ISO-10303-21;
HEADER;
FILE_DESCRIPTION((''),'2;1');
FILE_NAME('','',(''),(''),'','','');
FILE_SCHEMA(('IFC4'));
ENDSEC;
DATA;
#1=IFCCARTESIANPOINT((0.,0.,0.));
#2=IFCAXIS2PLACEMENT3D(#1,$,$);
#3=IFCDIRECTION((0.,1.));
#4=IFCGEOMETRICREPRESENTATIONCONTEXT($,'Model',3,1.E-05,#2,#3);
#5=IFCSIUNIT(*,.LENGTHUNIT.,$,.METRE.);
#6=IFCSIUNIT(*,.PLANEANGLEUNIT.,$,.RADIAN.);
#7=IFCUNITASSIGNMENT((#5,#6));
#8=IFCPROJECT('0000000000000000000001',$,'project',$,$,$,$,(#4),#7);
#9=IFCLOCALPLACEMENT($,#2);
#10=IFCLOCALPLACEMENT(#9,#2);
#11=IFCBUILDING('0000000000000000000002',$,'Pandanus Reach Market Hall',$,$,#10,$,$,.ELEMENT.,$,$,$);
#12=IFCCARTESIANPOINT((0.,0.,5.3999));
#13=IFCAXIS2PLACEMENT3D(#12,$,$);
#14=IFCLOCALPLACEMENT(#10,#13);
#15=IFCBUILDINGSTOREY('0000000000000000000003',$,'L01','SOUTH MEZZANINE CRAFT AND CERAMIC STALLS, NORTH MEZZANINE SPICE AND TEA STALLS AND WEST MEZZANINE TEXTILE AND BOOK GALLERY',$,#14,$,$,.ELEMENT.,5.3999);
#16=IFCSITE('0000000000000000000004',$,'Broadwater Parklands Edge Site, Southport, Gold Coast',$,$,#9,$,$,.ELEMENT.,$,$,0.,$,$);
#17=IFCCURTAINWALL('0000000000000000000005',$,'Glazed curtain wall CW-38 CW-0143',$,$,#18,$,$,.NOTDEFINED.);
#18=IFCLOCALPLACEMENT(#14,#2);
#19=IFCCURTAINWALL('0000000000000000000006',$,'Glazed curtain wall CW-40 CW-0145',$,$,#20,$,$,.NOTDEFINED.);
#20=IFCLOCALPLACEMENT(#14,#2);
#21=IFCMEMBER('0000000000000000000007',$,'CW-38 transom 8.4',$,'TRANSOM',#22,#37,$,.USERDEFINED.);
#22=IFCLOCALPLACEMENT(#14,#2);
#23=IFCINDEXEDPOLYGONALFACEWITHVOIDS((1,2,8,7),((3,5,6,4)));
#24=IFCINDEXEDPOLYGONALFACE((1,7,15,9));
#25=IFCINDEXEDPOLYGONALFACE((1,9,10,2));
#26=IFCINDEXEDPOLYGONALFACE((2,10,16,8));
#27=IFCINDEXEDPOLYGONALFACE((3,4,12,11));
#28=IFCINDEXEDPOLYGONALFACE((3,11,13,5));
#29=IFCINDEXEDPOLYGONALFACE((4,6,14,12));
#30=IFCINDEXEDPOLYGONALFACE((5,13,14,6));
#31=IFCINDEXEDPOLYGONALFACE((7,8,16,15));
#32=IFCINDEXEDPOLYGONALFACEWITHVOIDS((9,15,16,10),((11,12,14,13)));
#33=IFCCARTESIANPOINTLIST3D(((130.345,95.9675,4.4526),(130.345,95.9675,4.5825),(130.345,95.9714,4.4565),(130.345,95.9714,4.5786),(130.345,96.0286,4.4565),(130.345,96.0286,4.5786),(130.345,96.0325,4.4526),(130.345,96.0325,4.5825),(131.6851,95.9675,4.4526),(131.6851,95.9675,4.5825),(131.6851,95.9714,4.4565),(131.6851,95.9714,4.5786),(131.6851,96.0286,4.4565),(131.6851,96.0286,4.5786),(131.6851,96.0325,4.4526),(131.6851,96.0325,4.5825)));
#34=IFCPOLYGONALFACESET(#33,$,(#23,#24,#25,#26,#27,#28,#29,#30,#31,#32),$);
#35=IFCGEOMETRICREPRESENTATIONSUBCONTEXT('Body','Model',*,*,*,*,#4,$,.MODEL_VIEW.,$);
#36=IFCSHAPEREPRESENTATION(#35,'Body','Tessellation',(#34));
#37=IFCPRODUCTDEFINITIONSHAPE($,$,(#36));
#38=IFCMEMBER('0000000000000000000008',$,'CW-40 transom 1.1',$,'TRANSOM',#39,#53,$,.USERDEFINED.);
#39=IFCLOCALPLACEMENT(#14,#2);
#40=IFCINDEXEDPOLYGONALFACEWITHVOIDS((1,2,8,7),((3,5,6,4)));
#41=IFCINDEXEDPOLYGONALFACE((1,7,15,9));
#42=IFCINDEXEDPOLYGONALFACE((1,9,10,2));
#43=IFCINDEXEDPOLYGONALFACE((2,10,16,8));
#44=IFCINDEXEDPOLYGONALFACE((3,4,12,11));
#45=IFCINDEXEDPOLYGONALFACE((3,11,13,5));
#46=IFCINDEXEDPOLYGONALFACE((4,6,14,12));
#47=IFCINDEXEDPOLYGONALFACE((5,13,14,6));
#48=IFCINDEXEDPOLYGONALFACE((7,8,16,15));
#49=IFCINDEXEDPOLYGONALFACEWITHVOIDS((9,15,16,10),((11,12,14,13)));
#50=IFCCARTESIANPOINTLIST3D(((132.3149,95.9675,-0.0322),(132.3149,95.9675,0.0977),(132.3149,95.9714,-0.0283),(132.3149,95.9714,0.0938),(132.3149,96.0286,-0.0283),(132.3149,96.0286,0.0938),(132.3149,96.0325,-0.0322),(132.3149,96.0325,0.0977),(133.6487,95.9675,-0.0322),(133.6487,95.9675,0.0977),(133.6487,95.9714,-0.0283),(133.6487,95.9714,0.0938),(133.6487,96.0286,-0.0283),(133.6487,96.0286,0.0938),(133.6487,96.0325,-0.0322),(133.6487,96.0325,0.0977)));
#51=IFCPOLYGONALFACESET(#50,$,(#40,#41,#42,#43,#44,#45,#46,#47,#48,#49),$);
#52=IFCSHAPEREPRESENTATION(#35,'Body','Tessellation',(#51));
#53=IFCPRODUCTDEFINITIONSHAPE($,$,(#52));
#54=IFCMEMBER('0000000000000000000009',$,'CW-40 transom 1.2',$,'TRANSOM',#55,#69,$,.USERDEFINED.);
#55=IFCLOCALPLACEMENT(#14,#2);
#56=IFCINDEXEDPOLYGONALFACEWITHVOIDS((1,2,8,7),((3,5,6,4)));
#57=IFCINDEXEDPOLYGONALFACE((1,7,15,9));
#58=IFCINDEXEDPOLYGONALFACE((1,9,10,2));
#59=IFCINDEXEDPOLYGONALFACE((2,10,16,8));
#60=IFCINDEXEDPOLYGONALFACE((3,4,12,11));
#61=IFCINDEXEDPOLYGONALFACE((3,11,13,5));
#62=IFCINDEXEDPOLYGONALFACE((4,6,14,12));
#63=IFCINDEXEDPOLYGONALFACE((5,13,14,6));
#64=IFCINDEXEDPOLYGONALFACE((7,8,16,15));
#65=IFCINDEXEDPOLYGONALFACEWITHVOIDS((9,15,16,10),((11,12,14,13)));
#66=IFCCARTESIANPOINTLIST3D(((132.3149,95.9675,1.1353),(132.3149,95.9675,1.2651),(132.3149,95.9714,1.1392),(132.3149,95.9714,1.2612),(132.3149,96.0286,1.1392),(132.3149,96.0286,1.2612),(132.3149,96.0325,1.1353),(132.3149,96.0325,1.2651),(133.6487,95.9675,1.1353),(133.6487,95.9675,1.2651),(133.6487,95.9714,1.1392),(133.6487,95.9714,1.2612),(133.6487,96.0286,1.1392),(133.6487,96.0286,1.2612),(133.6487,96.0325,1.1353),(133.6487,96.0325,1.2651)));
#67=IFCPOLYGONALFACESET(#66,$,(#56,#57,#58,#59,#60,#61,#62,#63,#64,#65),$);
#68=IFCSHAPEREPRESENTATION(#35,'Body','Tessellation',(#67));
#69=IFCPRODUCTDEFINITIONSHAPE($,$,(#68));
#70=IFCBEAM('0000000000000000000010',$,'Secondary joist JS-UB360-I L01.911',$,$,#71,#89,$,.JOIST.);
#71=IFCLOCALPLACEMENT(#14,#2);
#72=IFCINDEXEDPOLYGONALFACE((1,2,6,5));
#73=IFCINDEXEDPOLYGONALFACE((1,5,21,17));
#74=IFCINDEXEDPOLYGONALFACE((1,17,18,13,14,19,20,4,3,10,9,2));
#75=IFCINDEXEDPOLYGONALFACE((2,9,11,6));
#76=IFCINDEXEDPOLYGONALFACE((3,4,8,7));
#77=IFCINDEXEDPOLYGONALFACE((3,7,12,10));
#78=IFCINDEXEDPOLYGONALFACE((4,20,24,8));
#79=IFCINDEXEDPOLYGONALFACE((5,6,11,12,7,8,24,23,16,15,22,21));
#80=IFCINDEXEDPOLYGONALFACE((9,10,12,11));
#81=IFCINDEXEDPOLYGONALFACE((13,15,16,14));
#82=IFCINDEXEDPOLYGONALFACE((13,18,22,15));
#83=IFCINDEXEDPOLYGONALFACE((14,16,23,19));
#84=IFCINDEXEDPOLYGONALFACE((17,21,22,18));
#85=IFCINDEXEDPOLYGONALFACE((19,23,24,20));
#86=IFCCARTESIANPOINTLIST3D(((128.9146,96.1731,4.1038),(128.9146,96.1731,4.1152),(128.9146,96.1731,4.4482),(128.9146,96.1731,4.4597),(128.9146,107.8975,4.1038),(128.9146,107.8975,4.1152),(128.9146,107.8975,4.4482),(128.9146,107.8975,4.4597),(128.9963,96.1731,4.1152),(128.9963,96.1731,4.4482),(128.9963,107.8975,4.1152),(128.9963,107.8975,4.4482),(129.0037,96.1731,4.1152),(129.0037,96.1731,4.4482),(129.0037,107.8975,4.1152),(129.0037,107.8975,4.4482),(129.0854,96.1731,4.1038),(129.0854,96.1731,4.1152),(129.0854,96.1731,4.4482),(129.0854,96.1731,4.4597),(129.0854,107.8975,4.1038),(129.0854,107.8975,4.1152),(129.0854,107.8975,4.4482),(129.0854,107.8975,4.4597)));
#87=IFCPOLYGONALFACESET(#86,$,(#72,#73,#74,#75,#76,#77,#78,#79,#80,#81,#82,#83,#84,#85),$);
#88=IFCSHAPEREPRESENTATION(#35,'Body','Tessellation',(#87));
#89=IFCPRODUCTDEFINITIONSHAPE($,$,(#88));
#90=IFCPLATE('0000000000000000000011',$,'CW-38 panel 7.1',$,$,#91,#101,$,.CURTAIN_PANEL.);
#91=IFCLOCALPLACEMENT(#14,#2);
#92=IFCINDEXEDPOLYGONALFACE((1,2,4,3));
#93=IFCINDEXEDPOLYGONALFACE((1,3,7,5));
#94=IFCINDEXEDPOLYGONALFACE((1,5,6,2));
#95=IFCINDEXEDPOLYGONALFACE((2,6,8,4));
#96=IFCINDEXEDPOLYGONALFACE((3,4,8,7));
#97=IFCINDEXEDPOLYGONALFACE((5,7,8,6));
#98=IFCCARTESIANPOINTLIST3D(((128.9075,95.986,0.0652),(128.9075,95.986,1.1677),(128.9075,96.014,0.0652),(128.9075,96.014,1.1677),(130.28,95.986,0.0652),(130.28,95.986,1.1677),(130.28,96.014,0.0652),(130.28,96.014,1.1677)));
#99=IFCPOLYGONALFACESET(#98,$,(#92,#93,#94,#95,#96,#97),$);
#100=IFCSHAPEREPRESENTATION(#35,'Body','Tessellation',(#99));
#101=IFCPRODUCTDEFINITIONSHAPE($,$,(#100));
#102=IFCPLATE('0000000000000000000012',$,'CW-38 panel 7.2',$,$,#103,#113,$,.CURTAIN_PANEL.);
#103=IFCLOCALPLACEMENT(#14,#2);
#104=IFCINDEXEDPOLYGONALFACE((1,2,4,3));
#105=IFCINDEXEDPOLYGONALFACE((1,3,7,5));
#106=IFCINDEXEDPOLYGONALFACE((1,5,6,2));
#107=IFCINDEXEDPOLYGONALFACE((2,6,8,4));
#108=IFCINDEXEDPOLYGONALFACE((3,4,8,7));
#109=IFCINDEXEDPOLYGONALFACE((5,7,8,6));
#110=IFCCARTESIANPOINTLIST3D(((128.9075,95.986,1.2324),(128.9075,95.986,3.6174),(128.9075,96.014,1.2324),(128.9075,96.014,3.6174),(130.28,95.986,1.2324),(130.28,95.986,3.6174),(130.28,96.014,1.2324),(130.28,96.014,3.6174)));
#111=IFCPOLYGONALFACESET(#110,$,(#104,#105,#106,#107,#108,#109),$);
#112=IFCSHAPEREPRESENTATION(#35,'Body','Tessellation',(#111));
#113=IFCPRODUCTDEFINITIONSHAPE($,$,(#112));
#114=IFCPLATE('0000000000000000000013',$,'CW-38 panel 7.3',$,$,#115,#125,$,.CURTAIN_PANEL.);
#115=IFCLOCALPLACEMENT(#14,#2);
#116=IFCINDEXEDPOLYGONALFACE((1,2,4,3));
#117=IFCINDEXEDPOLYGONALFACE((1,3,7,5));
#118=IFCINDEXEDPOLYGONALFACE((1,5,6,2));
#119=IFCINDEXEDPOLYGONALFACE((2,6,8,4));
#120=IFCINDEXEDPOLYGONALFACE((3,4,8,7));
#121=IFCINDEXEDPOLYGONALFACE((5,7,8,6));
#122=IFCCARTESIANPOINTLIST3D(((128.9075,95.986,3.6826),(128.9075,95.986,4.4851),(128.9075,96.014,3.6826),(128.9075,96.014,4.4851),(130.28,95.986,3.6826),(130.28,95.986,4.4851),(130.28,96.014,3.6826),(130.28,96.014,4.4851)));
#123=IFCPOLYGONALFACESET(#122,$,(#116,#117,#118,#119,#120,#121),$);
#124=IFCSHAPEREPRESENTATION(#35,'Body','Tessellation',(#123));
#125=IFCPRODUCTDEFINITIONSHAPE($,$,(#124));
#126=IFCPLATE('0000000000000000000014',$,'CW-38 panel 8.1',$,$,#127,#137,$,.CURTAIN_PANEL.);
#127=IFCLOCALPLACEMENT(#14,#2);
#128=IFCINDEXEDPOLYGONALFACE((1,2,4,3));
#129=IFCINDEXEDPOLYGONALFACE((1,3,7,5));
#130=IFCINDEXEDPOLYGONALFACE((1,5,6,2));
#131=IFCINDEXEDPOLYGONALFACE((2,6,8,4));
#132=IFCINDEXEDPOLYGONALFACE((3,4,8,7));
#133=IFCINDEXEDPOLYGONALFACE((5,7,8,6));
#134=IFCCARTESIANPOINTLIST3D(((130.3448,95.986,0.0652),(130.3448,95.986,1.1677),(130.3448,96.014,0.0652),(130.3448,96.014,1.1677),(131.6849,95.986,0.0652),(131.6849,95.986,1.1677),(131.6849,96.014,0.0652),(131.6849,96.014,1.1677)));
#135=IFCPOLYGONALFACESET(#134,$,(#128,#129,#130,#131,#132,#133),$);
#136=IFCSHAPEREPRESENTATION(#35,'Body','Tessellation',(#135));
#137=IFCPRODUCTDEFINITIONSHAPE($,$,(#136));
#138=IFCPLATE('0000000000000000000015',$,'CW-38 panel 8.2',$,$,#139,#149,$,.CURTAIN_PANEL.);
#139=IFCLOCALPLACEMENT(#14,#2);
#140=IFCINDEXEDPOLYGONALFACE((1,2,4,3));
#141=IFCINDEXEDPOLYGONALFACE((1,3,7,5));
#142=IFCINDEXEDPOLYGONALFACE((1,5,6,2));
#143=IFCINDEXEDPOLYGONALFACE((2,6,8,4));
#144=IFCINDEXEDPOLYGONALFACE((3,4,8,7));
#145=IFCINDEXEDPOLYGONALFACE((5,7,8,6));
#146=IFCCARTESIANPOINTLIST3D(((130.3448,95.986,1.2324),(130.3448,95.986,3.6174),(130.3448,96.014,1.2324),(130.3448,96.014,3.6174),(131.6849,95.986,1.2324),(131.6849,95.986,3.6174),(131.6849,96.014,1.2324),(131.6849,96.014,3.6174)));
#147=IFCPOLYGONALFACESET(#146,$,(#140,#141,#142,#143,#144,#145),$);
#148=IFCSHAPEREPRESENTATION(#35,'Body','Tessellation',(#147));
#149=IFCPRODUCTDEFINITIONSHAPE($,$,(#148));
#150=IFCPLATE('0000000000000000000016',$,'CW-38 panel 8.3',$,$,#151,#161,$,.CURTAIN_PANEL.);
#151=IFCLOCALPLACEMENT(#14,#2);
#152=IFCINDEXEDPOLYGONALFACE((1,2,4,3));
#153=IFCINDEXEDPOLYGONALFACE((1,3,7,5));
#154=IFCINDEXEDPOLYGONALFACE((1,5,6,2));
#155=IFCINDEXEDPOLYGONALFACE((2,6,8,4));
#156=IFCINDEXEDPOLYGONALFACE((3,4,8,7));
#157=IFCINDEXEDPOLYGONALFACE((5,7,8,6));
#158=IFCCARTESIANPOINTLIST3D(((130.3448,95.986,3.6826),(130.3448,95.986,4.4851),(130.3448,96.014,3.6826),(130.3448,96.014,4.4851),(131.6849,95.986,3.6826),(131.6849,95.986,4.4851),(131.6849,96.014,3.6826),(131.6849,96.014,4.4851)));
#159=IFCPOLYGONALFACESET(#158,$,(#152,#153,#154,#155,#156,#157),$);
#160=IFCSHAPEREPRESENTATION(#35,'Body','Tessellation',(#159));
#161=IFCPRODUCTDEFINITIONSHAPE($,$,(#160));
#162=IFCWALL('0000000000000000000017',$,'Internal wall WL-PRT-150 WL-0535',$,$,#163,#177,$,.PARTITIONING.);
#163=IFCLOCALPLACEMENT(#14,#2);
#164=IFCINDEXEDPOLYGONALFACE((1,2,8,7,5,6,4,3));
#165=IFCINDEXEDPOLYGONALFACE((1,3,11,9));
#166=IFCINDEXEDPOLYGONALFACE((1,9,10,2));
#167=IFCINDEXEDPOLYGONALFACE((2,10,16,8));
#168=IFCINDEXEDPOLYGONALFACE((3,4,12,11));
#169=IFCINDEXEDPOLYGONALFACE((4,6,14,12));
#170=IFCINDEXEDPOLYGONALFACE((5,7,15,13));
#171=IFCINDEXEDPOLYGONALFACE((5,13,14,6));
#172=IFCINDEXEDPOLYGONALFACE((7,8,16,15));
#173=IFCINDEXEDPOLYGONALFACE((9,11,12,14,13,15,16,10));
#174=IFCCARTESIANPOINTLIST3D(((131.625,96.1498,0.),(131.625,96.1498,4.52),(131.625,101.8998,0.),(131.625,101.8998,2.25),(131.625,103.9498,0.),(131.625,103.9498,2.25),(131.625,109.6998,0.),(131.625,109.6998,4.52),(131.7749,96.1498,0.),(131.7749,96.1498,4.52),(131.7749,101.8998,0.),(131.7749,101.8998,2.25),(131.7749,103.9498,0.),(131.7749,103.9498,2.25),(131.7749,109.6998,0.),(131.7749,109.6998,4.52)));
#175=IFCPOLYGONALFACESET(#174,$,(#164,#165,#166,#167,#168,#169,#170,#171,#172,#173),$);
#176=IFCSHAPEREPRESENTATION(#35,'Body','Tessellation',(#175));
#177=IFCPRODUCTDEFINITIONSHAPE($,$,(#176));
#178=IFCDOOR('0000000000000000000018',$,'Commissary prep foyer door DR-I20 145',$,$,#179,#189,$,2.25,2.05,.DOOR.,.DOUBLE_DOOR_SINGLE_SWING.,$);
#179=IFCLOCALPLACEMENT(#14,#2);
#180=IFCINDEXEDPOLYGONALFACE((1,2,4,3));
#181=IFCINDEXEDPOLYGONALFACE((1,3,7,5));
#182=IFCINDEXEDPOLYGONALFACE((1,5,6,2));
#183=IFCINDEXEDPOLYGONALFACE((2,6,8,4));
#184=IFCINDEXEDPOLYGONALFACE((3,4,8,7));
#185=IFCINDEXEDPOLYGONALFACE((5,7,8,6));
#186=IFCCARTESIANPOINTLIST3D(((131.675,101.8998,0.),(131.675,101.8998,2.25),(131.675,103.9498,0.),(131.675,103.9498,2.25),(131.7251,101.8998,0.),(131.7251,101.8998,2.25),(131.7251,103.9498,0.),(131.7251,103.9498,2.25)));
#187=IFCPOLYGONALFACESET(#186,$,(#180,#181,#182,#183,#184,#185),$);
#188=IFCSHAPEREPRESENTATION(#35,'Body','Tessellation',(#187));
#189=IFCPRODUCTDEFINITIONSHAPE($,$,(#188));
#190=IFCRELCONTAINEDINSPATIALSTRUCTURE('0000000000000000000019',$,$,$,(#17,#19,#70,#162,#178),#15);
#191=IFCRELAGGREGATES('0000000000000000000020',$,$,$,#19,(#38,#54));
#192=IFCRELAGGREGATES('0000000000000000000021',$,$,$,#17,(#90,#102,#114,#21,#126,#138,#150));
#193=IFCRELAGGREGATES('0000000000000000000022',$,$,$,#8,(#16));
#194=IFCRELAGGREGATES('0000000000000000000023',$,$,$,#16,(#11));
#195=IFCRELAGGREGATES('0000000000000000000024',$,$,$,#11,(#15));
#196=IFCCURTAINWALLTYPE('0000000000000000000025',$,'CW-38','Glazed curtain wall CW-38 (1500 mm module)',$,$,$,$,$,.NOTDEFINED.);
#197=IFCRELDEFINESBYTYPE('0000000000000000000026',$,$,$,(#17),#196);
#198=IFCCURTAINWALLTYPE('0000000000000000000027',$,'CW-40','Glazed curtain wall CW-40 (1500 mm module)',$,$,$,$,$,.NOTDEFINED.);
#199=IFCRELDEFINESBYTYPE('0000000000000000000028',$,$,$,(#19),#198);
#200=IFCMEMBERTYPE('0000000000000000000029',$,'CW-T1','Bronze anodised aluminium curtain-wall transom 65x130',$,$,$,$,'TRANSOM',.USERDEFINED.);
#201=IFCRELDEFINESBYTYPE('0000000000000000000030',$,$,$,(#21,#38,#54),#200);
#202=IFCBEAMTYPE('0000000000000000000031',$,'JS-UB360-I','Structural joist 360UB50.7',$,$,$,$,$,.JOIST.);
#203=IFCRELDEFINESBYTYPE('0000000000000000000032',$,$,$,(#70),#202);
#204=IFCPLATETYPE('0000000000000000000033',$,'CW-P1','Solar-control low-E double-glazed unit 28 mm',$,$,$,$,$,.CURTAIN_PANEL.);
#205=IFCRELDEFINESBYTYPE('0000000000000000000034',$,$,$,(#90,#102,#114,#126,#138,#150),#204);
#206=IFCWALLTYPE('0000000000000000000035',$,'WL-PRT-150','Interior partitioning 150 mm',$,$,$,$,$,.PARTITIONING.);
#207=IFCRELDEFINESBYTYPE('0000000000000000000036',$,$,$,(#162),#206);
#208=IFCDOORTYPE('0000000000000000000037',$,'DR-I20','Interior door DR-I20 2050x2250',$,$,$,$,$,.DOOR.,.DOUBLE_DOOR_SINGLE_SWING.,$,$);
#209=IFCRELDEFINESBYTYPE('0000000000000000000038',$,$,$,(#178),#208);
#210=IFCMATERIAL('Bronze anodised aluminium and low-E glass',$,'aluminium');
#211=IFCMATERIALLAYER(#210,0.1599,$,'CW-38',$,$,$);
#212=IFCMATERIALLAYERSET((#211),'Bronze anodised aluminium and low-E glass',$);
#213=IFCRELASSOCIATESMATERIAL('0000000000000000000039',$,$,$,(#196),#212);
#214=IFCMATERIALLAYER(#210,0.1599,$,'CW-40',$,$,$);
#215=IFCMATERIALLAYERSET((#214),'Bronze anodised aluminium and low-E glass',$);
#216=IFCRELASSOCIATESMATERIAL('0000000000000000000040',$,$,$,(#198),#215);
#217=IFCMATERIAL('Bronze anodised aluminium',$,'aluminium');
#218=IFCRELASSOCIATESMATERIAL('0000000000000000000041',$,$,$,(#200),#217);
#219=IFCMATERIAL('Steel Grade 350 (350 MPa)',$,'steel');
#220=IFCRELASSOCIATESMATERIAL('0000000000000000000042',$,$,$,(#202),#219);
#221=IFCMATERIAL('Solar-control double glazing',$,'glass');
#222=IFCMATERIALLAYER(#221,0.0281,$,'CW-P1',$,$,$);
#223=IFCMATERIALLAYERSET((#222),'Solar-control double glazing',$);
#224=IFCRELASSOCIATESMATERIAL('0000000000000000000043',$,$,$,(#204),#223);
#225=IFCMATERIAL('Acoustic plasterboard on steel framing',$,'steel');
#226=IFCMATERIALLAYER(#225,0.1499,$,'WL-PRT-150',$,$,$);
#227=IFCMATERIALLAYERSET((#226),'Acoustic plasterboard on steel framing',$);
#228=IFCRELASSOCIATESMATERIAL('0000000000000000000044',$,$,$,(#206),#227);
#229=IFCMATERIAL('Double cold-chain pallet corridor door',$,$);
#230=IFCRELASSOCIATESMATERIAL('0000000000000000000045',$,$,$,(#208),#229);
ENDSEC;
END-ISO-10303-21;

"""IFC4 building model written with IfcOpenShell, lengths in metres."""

from ifc_helpers import new_model, si_unit, direction, frame, frame_2d, origin, origin_2d, place, context, subcontext, project, spatial, rectangle, hollow_rectangle, i_section, extrude, material, layer, layer_set, material_profile, profile_set, type_object, element, fill, aggregate, save


model = new_model("IFC4")

# Units and contexts
model_context = context("Model", 3, precision=1e-05, world=origin(), true_north=direction((0.0, 1.0)))
body_context = subcontext(model_context, "Body", "Model", "MODEL_VIEW")
ifc_project = project(units=[si_unit("LENGTHUNIT", "METRE"), si_unit("PLANEANGLEUNIT", "RADIAN")], contexts=[model_context])

# Site, building, storey
site_placement = place(None, origin())
site = spatial("IfcSite", under=ifc_project, at=site_placement, Name="Broadwater Parklands Edge Site, Southport, Gold Coast", CompositionType="ELEMENT", RefElevation=0.0)
building_placement = place(site_placement, origin())
building = spatial("IfcBuilding", under=site, at=building_placement, Name="Pandanus Reach Market Hall", CompositionType="ELEMENT")
storey_placement = place(building_placement, frame((0.0, 0.0, 5.3999)))
storey = spatial("IfcBuildingStorey", under=building, at=storey_placement, Name="L01", Description="SOUTH MEZZANINE CRAFT AND CERAMIC STALLS, NORTH MEZZANINE SPICE AND TEA STALLS AND WEST MEZZANINE TEXTILE AND BOOK GALLERY", CompositionType="ELEMENT", Elevation=5.3999)

# Shared definitions
ifc_material_1 = material(Name="Steel Grade 350 (350 MPa)", Category="steel")

# Curtain wall
ifc_material_2 = material(Name="Bronze anodised aluminium and low-E glass", Category="aluminium")
ifc_layer_1 = layer(ifc_material_2, 0.1599, Name="CW-38")
ifc_layer_set_1 = layer_set([ifc_layer_1], Name="Bronze anodised aluminium and low-E glass")
curtain_wall_type_1 = type_object("IfcCurtainWallType", Name="CW-38", Description="Glazed curtain wall CW-38 (1500 mm module)", PredefinedType="NOTDEFINED", material=ifc_layer_set_1)
curtain_wall_1_placement = place(storey_placement, origin())
curtain_wall_1 = element("IfcCurtainWall", 1, at=curtain_wall_1_placement, inside=storey, type_object=curtain_wall_type_1, Name="Glazed curtain wall CW-38 CW-0143", PredefinedType="NOTDEFINED")
ifc_material_3 = material(Name="Bronze anodised aluminium", Category="aluminium")

# Curtain wall
ifc_layer_2 = layer(ifc_material_2, 0.1599, Name="CW-40")
ifc_layer_set_2 = layer_set([ifc_layer_2], Name="Bronze anodised aluminium and low-E glass")
curtain_wall_type_2 = type_object("IfcCurtainWallType", Name="CW-40", Description="Glazed curtain wall CW-40 (1500 mm module)", PredefinedType="NOTDEFINED", material=ifc_layer_set_2)
curtain_wall_2_placement = place(storey_placement, origin())
curtain_wall_2 = element("IfcCurtainWall", 2, at=curtain_wall_2_placement, inside=storey, type_object=curtain_wall_type_2, Name="Glazed curtain wall CW-40 CW-0145", PredefinedType="NOTDEFINED")

# Members
ifc_material_profile_1 = material_profile(ifc_material_3, hollow_rectangle(XDim=0.0649, YDim=0.1299, WallThickness=0.0039, at=origin_2d()), Name="ALU65x130", Category="LoadBearing")
ifc_profile_set_1 = profile_set([ifc_material_profile_1], Name="Bronze anodised aluminium")
member_type_1 = type_object("IfcMemberType", Name="CW-T1", Description="Bronze anodised aluminium curtain-wall transom 65x130", ElementType="TRANSOM", PredefinedType="USERDEFINED", material=ifc_profile_set_1)
member_1_placement = place(storey_placement, frame((130.345, 96.0, 4.5176), z_axis=(1.0, 0.0, 0.0), x_axis=(0.0, 1.0, 0.0)))
member_1 = element("IfcMember", 3, at=member_1_placement, type_object=member_type_1, Name="CW-38 transom 8.4", ObjectType="TRANSOM", PredefinedType="USERDEFINED", context=body_context, shape_type="SweptSolid", body=[
    extrude(hollow_rectangle(XDim=0.0649, YDim=0.1299, WallThickness=0.0039, at=origin_2d()), origin(), (0.0, 0.0, 1.0), 1.3401),
])
member_2_placement = place(storey_placement, frame((132.3149, 96.0, 0.0327), z_axis=(1.0, 0.0, 0.0), x_axis=(0.0, 1.0, 0.0)))
member_2 = element("IfcMember", 4, at=member_2_placement, type_object=member_type_1, Name="CW-40 transom 1.1", ObjectType="TRANSOM", PredefinedType="USERDEFINED", context=body_context, shape_type="SweptSolid", body=[
    extrude(hollow_rectangle(XDim=0.0649, YDim=0.1299, WallThickness=0.0039, at=origin_2d()), origin(), (0.0, 0.0, 1.0), 1.3337),
])
member_3_placement = place(storey_placement, frame((132.3149, 96.0, 1.2002), z_axis=(1.0, 0.0, 0.0), x_axis=(0.0, 1.0, 0.0)))
member_3 = element("IfcMember", 5, at=member_3_placement, type_object=member_type_1, Name="CW-40 transom 1.2", ObjectType="TRANSOM", PredefinedType="USERDEFINED", context=body_context, shape_type="SweptSolid", body=[
    extrude(hollow_rectangle(XDim=0.0649, YDim=0.1299, WallThickness=0.0039, at=origin_2d()), origin(), (0.0, 0.0, 1.0), 1.3337),
])
aggregate(curtain_wall_2, [member_2, member_3])

# Beam
ifc_material_profile_2 = material_profile(ifc_material_1, i_section(OverallWidth=0.1709, OverallDepth=0.356, WebThickness=0.0073, FlangeThickness=0.0115, at=origin_2d()), Name="360UB50.7", Category="LoadBearing")
ifc_profile_set_2 = profile_set([ifc_material_profile_2], Name="Steel Grade 350 (350 MPa)")
beam_type_1 = type_object("IfcBeamType", Name="JS-UB360-I", Description="Structural joist 360UB50.7", PredefinedType="JOIST", material=ifc_profile_set_2)
beam_1_placement = place(storey_placement, frame((129.0, 96.1731, 4.2817), z_axis=(0.0, 1.0, 0.0), x_axis=(-1.0, 0.0, 0.0)))
element("IfcBeam", 6, at=beam_1_placement, inside=storey, type_object=beam_type_1, Name="Secondary joist JS-UB360-I L01.911", PredefinedType="JOIST", context=body_context, shape_type="SweptSolid", body=[
    extrude(i_section(OverallWidth=0.1709, OverallDepth=0.356, WebThickness=0.0073, FlangeThickness=0.0115, at=origin_2d()), origin(), (0.0, 0.0, 1.0), 11.7244),
])

# Plates
ifc_material_4 = material(Name="Solar-control double glazing", Category="glass")
ifc_layer_3 = layer(ifc_material_4, 0.0281, Name="CW-P1")
ifc_layer_set_3 = layer_set([ifc_layer_3], Name="Solar-control double glazing")
plate_type = type_object("IfcPlateType", Name="CW-P1", Description="Solar-control low-E double-glazed unit 28 mm", PredefinedType="CURTAIN_PANEL", material=ifc_layer_set_3)
plate_1_placement = place(storey_placement, frame((129.5938, 96.0, 0.0652), z_axis=(0.0, 0.0, 1.0), x_axis=(1.0, 0.0, 0.0)))
plate_1 = element("IfcPlate", 7, at=plate_1_placement, type_object=plate_type, Name="CW-38 panel 7.1", PredefinedType="CURTAIN_PANEL", context=body_context, shape_type="SweptSolid", body=[
    extrude(rectangle(XDim=1.3726, YDim=0.0281, at=origin_2d()), origin(), (0.0, 0.0, 1.0), 1.1025),
])
plate_2_placement = place(storey_placement, frame((129.5938, 96.0, 1.2324), z_axis=(0.0, 0.0, 1.0), x_axis=(1.0, 0.0, 0.0)))
plate_2 = element("IfcPlate", 8, at=plate_2_placement, type_object=plate_type, Name="CW-38 panel 7.2", PredefinedType="CURTAIN_PANEL", context=body_context, shape_type="SweptSolid", body=[
    extrude(rectangle(XDim=1.3726, YDim=0.0281, at=origin_2d()), origin(), (0.0, 0.0, 1.0), 2.385),
])
plate_3_placement = place(storey_placement, frame((129.5938, 96.0, 3.6826), z_axis=(0.0, 0.0, 1.0), x_axis=(1.0, 0.0, 0.0)))
plate_3 = element("IfcPlate", 9, at=plate_3_placement, type_object=plate_type, Name="CW-38 panel 7.3", PredefinedType="CURTAIN_PANEL", context=body_context, shape_type="SweptSolid", body=[
    extrude(rectangle(XDim=1.3726, YDim=0.0281, at=origin_2d()), origin(), (0.0, 0.0, 1.0), 0.8025),
])
plate_4_placement = place(storey_placement, frame((131.0149, 96.0, 0.0652), z_axis=(0.0, 0.0, 1.0), x_axis=(1.0, 0.0, 0.0)))
plate_4 = element("IfcPlate", 10, at=plate_4_placement, type_object=plate_type, Name="CW-38 panel 8.1", PredefinedType="CURTAIN_PANEL", context=body_context, shape_type="SweptSolid", body=[
    extrude(rectangle(XDim=1.3401, YDim=0.0281, at=origin_2d()), origin(), (0.0, 0.0, 1.0), 1.1025),
])
plate_5_placement = place(storey_placement, frame((131.0149, 96.0, 1.2324), z_axis=(0.0, 0.0, 1.0), x_axis=(1.0, 0.0, 0.0)))
plate_5 = element("IfcPlate", 11, at=plate_5_placement, type_object=plate_type, Name="CW-38 panel 8.2", PredefinedType="CURTAIN_PANEL", context=body_context, shape_type="SweptSolid", body=[
    extrude(rectangle(XDim=1.3401, YDim=0.0281, at=origin_2d()), origin(), (0.0, 0.0, 1.0), 2.385),
])
plate_6_placement = place(storey_placement, frame((131.0149, 96.0, 3.6826), z_axis=(0.0, 0.0, 1.0), x_axis=(1.0, 0.0, 0.0)))
plate_6 = element("IfcPlate", 12, at=plate_6_placement, type_object=plate_type, Name="CW-38 panel 8.3", PredefinedType="CURTAIN_PANEL", context=body_context, shape_type="SweptSolid", body=[
    extrude(rectangle(XDim=1.3401, YDim=0.0281, at=origin_2d()), origin(), (0.0, 0.0, 1.0), 0.8025),
])
aggregate(curtain_wall_1, [plate_1, plate_2, plate_3, member_1, plate_4, plate_5, plate_6])

# Wall, opening, door
ifc_material_5 = material(Name="Acoustic plasterboard on steel framing", Category="steel")
ifc_layer_4 = layer(ifc_material_5, 0.1499, Name="WL-PRT-150")
ifc_layer_set_4 = layer_set([ifc_layer_4], Name="Acoustic plasterboard on steel framing")
wall_type = type_object("IfcWallType", Name="WL-PRT-150", Description="Interior partitioning 150 mm", PredefinedType="PARTITIONING", material=ifc_layer_set_4)
wall_placement = place(storey_placement, frame((131.7, 96.1499, 0.0), z_axis=(0.0, 0.0, 1.0), x_axis=(0.0, 1.0, 0.0)))
wall = element("IfcWall", 13, at=wall_placement, inside=storey, type_object=wall_type, Name="Internal wall WL-PRT-150 WL-0535", PredefinedType="PARTITIONING", context=body_context, shape_type="SweptSolid", body=[
    extrude(rectangle(XDim=13.55, YDim=0.1499, at=frame_2d((6.7749, 0.0))), origin(), (0.0, 0.0, 1.0), 4.52),
])
opening_placement = place(wall_placement, frame((5.75, 0.0, 0.0)))
opening = element("IfcOpeningElement", 14, at=opening_placement, cuts=wall, PredefinedType="OPENING", context=body_context, shape_type="SweptSolid", body=[
    extrude(rectangle(XDim=2.05, YDim=2.25, at=frame_2d((1.0249, 1.125))), frame((0.0, 0.0898, 0.0), z_axis=(0.0, -1.0, 0.0), x_axis=(1.0, 0.0, 0.0)), (0.0, 0.0, 1.0), 0.1799),
])
ifc_material_6 = material(Name="Double cold-chain pallet corridor door")
door_type = type_object("IfcDoorType", Name="DR-I20", Description="Interior door DR-I20 2050x2250", OperationType="DOUBLE_DOOR_SINGLE_SWING", PredefinedType="DOOR", material=ifc_material_6)
door_placement = place(opening_placement, origin())
door = element("IfcDoor", 15, at=door_placement, inside=storey, type_object=door_type, Name="Commissary prep foyer door DR-I20 145", OperationType="DOUBLE_DOOR_SINGLE_SWING", OverallHeight=2.25, OverallWidth=2.05, PredefinedType="DOOR", context=body_context, shape_type="SweptSolid", body=[
    extrude(rectangle(XDim=2.05, YDim=2.25, at=frame_2d((1.0249, 1.125))), frame((0.0, 0.0249, 0.0), z_axis=(0.0, -1.0, 0.0), x_axis=(1.0, 0.0, 0.0)), (0.0, 0.0, 1.0), 0.05),
])
fill(opening, door)

save(model, "model.ifc")
